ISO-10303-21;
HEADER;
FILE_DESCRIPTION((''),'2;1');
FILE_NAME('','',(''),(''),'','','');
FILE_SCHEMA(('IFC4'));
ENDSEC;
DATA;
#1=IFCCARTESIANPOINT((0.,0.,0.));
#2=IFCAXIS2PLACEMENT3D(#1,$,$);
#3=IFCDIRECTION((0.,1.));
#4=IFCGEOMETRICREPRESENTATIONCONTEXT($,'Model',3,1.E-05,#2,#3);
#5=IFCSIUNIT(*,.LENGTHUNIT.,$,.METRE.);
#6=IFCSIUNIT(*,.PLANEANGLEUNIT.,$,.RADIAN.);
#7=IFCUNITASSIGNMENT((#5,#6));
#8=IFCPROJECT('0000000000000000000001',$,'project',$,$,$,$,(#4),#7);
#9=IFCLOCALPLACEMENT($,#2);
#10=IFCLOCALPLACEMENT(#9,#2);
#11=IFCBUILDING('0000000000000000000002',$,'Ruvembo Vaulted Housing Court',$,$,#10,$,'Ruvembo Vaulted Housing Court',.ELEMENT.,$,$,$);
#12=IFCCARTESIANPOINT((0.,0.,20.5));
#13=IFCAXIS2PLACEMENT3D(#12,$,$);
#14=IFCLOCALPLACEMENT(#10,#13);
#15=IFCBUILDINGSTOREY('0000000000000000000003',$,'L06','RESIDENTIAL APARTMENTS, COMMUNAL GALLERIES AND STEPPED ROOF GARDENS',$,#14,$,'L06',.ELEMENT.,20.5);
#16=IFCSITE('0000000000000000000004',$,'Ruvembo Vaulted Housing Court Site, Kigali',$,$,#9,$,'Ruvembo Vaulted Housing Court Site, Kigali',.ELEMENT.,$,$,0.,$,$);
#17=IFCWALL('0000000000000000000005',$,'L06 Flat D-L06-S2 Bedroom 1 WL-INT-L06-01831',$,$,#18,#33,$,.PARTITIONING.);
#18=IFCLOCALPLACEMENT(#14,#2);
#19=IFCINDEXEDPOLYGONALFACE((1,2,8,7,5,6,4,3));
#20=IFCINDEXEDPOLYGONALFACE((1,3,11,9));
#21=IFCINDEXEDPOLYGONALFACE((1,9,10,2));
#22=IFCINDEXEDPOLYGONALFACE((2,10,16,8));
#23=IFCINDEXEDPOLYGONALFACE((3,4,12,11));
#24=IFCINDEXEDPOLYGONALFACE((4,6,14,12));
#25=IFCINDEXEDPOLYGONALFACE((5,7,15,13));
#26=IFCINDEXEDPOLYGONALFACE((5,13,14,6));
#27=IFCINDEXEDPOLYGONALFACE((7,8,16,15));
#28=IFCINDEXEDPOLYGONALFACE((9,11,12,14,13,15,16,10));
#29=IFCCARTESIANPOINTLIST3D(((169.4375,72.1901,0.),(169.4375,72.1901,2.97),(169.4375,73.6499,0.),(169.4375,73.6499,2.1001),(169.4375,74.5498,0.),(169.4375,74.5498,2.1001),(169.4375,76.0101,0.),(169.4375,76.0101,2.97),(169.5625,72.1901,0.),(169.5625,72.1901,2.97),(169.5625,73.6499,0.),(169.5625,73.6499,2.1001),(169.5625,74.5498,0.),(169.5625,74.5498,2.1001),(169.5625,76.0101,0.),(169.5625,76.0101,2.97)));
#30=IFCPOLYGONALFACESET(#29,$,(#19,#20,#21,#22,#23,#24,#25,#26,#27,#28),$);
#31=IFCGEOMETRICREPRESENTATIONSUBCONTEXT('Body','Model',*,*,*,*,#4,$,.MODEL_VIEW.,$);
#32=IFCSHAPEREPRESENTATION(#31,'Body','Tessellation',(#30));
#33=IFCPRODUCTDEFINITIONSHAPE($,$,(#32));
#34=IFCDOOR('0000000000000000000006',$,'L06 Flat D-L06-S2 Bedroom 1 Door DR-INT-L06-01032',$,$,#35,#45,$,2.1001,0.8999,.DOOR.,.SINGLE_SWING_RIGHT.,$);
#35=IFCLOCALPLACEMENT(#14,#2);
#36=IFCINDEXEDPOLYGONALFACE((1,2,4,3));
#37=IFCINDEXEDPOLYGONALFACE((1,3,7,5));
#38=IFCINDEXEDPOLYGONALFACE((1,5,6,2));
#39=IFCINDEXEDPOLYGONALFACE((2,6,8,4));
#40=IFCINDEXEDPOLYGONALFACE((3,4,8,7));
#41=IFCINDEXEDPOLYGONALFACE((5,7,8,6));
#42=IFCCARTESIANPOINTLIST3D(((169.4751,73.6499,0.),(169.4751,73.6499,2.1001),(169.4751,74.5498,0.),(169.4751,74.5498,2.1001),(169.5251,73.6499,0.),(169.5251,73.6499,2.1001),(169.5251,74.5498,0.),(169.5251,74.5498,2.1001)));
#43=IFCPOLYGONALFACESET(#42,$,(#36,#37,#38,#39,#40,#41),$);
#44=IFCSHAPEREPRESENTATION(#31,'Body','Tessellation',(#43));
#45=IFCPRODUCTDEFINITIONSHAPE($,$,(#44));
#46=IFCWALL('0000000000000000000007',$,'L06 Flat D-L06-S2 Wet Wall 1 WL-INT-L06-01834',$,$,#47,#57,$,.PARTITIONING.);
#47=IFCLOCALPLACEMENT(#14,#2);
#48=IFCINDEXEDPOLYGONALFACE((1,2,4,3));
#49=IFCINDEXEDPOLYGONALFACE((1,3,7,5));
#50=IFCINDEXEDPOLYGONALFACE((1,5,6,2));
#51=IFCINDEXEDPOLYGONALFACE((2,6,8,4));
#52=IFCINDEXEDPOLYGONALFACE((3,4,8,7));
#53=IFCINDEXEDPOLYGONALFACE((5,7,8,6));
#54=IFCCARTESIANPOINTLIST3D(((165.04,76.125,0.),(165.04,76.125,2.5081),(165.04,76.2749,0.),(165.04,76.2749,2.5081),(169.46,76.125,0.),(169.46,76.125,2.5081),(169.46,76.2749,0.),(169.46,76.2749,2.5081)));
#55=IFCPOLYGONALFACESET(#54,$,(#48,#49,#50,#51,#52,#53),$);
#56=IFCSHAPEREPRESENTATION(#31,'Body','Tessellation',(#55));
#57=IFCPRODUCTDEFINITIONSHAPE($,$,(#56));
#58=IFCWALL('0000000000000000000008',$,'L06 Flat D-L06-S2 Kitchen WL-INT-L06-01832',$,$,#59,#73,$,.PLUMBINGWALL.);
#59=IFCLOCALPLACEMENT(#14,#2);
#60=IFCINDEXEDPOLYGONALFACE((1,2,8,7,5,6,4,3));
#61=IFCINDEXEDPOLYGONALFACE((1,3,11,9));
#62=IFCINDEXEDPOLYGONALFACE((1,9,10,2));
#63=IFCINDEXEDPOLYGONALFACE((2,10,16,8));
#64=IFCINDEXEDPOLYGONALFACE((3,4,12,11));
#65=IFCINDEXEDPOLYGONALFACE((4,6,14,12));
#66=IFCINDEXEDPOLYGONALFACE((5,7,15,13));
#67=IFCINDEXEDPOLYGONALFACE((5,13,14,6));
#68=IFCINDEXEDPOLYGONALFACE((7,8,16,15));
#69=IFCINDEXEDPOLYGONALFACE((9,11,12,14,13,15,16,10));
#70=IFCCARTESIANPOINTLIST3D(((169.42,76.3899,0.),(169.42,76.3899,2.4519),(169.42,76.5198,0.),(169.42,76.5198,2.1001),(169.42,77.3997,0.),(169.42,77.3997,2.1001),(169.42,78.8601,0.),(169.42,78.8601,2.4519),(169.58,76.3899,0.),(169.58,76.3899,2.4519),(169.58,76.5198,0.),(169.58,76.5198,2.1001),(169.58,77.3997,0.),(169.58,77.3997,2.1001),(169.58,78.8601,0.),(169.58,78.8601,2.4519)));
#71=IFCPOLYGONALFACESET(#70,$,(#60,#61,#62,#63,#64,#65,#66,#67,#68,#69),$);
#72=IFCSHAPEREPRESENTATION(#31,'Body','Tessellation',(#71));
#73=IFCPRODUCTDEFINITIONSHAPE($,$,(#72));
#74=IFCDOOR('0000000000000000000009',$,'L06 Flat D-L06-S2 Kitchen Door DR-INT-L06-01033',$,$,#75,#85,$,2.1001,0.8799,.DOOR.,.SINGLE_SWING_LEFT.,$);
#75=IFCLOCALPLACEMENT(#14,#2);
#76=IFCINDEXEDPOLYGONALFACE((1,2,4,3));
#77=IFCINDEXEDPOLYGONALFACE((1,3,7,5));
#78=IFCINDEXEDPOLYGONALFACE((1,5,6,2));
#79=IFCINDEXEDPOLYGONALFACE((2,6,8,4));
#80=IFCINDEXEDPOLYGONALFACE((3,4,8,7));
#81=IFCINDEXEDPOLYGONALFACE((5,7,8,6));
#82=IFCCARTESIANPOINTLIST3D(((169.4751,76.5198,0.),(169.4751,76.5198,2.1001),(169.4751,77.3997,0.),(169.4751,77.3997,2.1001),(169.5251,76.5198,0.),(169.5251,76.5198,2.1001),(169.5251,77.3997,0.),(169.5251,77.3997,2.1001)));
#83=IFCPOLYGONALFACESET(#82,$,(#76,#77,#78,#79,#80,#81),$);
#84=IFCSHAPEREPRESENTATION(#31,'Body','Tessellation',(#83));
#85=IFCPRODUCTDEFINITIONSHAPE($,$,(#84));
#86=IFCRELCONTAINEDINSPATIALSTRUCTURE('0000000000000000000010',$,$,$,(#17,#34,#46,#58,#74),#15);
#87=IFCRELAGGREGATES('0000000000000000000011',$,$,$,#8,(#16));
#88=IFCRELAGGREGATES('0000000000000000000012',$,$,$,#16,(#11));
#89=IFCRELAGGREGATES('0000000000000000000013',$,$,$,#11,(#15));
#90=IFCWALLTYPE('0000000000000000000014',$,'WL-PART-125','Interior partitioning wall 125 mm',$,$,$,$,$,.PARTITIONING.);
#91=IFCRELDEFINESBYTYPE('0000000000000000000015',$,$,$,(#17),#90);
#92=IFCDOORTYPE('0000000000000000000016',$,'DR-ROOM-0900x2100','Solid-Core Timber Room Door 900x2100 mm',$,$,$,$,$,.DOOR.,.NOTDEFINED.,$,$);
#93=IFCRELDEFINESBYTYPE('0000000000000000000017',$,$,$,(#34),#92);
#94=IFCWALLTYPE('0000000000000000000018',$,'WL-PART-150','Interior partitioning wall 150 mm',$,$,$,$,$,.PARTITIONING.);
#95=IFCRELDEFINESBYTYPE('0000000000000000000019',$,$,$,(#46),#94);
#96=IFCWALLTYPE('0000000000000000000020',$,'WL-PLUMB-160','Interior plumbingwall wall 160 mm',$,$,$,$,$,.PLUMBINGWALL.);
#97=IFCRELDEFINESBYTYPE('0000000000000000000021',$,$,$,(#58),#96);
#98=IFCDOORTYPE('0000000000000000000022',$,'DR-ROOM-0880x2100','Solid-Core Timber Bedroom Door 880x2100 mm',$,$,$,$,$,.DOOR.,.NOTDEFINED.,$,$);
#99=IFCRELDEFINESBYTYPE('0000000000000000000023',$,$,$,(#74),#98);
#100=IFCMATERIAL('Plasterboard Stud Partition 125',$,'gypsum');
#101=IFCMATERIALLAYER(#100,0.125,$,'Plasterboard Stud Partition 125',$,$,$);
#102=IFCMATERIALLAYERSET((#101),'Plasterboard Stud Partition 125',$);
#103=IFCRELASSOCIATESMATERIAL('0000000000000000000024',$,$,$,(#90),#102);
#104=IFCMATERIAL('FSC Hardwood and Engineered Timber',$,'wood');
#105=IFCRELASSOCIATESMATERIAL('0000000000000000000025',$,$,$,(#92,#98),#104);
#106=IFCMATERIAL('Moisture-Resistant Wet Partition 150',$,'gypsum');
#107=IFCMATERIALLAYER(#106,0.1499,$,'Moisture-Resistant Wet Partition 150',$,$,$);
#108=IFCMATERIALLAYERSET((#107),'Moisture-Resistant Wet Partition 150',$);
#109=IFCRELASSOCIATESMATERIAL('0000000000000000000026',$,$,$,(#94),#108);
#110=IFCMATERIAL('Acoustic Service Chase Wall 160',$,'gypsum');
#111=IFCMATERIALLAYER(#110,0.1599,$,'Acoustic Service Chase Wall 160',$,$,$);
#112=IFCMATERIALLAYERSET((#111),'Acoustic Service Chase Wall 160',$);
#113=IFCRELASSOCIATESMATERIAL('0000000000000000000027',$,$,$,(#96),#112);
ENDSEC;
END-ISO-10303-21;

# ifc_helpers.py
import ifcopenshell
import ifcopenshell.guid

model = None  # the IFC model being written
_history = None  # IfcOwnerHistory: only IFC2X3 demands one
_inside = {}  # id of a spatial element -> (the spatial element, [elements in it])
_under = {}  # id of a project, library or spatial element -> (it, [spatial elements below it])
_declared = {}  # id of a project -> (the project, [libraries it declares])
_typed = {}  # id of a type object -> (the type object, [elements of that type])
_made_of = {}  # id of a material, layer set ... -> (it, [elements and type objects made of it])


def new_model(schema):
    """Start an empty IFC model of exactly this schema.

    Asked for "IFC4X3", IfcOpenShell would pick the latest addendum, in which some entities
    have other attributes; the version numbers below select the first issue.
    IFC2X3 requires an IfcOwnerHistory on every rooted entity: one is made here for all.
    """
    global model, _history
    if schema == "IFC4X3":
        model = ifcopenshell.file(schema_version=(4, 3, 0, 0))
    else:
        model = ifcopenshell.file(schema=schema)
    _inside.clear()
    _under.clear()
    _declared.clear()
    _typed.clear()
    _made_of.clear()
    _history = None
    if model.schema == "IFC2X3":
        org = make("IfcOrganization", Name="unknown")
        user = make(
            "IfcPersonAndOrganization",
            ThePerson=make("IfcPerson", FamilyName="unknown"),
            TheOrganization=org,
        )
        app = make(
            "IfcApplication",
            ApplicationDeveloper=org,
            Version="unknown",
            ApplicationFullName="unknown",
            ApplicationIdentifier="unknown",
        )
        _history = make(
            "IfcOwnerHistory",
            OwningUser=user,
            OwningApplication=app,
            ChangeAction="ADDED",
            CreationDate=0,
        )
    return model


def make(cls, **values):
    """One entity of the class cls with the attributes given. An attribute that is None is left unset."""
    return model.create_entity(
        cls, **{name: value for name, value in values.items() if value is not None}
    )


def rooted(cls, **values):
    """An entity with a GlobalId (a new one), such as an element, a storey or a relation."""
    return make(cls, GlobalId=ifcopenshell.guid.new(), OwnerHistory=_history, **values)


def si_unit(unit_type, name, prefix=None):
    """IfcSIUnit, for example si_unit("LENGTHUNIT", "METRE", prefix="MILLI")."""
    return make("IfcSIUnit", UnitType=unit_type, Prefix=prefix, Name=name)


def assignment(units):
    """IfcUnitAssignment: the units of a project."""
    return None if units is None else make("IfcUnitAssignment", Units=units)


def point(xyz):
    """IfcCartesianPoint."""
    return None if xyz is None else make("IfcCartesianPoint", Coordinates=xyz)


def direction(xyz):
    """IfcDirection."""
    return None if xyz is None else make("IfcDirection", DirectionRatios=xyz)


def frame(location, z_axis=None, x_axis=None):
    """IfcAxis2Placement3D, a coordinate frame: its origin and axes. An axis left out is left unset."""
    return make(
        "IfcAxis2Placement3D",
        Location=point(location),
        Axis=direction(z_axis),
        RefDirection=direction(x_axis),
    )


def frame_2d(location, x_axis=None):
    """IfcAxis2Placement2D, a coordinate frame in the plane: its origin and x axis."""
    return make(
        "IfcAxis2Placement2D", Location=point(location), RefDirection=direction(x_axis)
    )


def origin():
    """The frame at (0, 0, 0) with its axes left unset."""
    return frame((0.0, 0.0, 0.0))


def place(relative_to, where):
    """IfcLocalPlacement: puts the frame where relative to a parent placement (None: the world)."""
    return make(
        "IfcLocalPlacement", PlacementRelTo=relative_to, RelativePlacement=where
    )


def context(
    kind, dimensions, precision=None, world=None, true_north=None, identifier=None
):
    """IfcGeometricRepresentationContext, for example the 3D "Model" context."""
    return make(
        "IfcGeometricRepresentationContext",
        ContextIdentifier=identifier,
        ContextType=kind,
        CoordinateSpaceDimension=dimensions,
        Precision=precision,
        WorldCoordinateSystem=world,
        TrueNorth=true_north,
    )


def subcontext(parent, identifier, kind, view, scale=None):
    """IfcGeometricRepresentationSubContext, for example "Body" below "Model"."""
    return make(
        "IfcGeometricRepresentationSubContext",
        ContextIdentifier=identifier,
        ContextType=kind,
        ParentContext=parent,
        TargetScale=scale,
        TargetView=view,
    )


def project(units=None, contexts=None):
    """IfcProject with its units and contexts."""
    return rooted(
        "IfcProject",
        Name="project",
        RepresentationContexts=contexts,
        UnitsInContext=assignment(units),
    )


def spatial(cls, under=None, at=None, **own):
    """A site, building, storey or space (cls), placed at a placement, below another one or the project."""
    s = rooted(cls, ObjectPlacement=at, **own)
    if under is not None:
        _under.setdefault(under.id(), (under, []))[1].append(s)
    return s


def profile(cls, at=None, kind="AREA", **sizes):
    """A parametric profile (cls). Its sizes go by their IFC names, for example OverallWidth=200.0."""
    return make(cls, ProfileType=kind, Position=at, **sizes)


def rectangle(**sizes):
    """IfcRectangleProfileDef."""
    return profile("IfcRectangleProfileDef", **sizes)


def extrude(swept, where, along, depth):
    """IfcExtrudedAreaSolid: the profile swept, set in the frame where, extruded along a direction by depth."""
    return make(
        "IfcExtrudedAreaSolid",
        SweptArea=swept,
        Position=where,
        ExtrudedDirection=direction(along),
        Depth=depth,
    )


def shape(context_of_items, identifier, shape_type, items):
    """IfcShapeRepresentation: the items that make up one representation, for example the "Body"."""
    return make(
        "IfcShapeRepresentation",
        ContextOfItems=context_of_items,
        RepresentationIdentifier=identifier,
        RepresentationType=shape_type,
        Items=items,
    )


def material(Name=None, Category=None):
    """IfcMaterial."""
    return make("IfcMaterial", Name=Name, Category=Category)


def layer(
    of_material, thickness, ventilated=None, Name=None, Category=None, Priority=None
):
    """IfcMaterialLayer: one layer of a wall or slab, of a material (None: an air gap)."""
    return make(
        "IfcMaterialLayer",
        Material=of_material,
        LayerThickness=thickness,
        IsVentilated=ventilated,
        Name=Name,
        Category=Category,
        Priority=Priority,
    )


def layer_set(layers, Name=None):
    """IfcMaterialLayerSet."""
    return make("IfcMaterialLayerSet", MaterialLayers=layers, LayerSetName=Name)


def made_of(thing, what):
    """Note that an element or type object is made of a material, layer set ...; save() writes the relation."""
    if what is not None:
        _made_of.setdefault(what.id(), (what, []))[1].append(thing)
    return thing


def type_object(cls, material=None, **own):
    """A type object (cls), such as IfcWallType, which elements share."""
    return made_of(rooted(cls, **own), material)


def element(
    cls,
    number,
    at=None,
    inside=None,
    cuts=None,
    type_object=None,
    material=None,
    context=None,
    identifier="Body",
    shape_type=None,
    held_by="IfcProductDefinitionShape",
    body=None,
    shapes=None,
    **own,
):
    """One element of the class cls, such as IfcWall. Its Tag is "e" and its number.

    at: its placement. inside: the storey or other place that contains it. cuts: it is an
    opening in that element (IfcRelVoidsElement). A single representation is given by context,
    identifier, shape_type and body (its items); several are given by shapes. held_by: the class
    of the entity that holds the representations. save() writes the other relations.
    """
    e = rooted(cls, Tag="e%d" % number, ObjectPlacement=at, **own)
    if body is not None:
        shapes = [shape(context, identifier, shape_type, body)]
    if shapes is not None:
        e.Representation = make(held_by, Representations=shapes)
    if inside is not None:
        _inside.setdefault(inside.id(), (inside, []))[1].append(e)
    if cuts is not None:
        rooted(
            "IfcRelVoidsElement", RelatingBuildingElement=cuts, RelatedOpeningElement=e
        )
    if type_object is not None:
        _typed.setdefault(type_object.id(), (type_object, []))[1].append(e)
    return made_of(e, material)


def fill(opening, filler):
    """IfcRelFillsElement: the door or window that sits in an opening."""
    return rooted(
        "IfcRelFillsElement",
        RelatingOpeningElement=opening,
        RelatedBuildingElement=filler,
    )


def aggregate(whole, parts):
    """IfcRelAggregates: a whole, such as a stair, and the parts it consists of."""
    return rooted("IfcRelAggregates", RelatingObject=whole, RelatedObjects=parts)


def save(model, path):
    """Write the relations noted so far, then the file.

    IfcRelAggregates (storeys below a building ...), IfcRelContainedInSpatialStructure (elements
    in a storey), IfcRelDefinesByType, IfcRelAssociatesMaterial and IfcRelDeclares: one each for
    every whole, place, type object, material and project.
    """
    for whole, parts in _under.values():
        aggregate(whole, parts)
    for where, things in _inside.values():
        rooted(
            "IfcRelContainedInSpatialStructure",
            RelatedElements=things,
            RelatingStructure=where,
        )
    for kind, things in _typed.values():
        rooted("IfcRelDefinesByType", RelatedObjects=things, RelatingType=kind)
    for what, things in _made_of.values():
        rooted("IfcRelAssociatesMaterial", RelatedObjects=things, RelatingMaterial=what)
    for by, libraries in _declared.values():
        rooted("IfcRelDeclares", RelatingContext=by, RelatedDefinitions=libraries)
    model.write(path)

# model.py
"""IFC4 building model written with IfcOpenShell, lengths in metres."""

from ifc_helpers import new_model, si_unit, direction, frame, frame_2d, origin, place, context, subcontext, project, spatial, rectangle, extrude, material, layer, layer_set, type_object, element, fill, save


model = new_model("IFC4")

# Units and contexts
model_context = context("Model", 3, precision=1e-05, world=origin(), true_north=direction((0.0, 1.0)))
body_context = subcontext(model_context, "Body", "Model", "MODEL_VIEW")
ifc_project = project(units=[si_unit("LENGTHUNIT", "METRE"), si_unit("PLANEANGLEUNIT", "RADIAN")], contexts=[model_context])

# Site, building, storey
site_placement = place(None, origin())
site = spatial("IfcSite", under=ifc_project, at=site_placement, Name="Ruvembo Vaulted Housing Court Site, Kigali", LongName="Ruvembo Vaulted Housing Court Site, Kigali", CompositionType="ELEMENT", RefElevation=0.0)
building_placement = place(site_placement, origin())
building = spatial("IfcBuilding", under=site, at=building_placement, Name="Ruvembo Vaulted Housing Court", LongName="Ruvembo Vaulted Housing Court", CompositionType="ELEMENT")
storey_placement = place(building_placement, frame((0.0, 0.0, 20.5)))
storey = spatial("IfcBuildingStorey", under=building, at=storey_placement, Name="L06", Description="RESIDENTIAL APARTMENTS, COMMUNAL GALLERIES AND STEPPED ROOF GARDENS", LongName="L06", CompositionType="ELEMENT", Elevation=20.5)

# Wall, opening, door
ifc_material_1 = material(Name="Plasterboard Stud Partition 125", Category="gypsum")
ifc_layer_1 = layer(ifc_material_1, 0.125, Name="Plasterboard Stud Partition 125")
ifc_layer_set_1 = layer_set([ifc_layer_1], Name="Plasterboard Stud Partition 125")
wall_type_1 = type_object("IfcWallType", Name="WL-PART-125", Description="Interior partitioning wall 125 mm", PredefinedType="PARTITIONING", material=ifc_layer_set_1)
wall_1_placement = place(storey_placement, frame((169.5, 72.1899, 0.0), z_axis=(0.0, 0.0, 1.0), x_axis=(0.0, 1.0, 0.0)))
wall_1 = element("IfcWall", 1, at=wall_1_placement, inside=storey, type_object=wall_type_1, Name="L06 Flat D-L06-S2 Bedroom 1 WL-INT-L06-01831", PredefinedType="PARTITIONING", context=body_context, shape_type="SweptSolid", body=[
    extrude(rectangle(XDim=3.8201, YDim=0.125, at=frame_2d((1.9102, 0.0))), origin(), (0.0, 0.0, 1.0), 2.97),
])
opening_1_placement = place(wall_1_placement, frame((1.46, 0.0, 0.0)))
opening_1 = element("IfcOpeningElement", 2, at=opening_1_placement, cuts=wall_1, PredefinedType="OPENING", context=body_context, shape_type="SweptSolid", body=[
    extrude(rectangle(XDim=0.8999, YDim=2.1001, at=frame_2d((0.45, 1.05))), frame((0.0, 0.0725, 0.0), z_axis=(0.0, -1.0, 0.0), x_axis=(1.0, 0.0, 0.0)), (0.0, 0.0, 1.0), 0.145),
])
ifc_material_2 = material(Name="FSC Hardwood and Engineered Timber", Category="wood")
door_type_1 = type_object("IfcDoorType", Name="DR-ROOM-0900x2100", Description="Solid-Core Timber Room Door 900x2100 mm", OperationType="NOTDEFINED", PredefinedType="DOOR", material=ifc_material_2)
door_1_placement = place(opening_1_placement, origin())
door_1 = element("IfcDoor", 3, at=door_1_placement, inside=storey, type_object=door_type_1, Name="L06 Flat D-L06-S2 Bedroom 1 Door DR-INT-L06-01032", OperationType="SINGLE_SWING_RIGHT", OverallHeight=2.1001, OverallWidth=0.8999, PredefinedType="DOOR", context=body_context, shape_type="SweptSolid", body=[
    extrude(rectangle(XDim=0.8999, YDim=2.1001, at=frame_2d((0.45, 1.05))), frame((0.0, 0.0249, 0.0), z_axis=(0.0, -1.0, 0.0), x_axis=(1.0, 0.0, 0.0)), (0.0, 0.0, 1.0), 0.05),
])
fill(opening_1, door_1)

# Wall
ifc_material_3 = material(Name="Moisture-Resistant Wet Partition 150", Category="gypsum")
ifc_layer_2 = layer(ifc_material_3, 0.1499, Name="Moisture-Resistant Wet Partition 150")
ifc_layer_set_2 = layer_set([ifc_layer_2], Name="Moisture-Resistant Wet Partition 150")
wall_type_2 = type_object("IfcWallType", Name="WL-PART-150", Description="Interior partitioning wall 150 mm", PredefinedType="PARTITIONING", material=ifc_layer_set_2)
wall_2_placement = place(storey_placement, frame((165.04, 76.2, 0.0), z_axis=(0.0, 0.0, 1.0), x_axis=(1.0, 0.0, 0.0)))
element("IfcWall", 4, at=wall_2_placement, inside=storey, type_object=wall_type_2, Name="L06 Flat D-L06-S2 Wet Wall 1 WL-INT-L06-01834", PredefinedType="PARTITIONING", context=body_context, shape_type="SweptSolid", body=[
    extrude(rectangle(XDim=4.4199, YDim=0.1499, at=frame_2d((2.21, 0.0))), origin(), (0.0, 0.0, 1.0), 2.5081),
])

# Wall, opening, door
ifc_material_4 = material(Name="Acoustic Service Chase Wall 160", Category="gypsum")
ifc_layer_3 = layer(ifc_material_4, 0.1599, Name="Acoustic Service Chase Wall 160")
ifc_layer_set_3 = layer_set([ifc_layer_3], Name="Acoustic Service Chase Wall 160")
wall_type_3 = type_object("IfcWallType", Name="WL-PLUMB-160", Description="Interior plumbingwall wall 160 mm", PredefinedType="PLUMBINGWALL", material=ifc_layer_set_3)
wall_3_placement = place(storey_placement, frame((169.5, 76.3899, 0.0), z_axis=(0.0, 0.0, 1.0), x_axis=(0.0, 1.0, 0.0)))
wall_3 = element("IfcWall", 5, at=wall_3_placement, inside=storey, type_object=wall_type_3, Name="L06 Flat D-L06-S2 Kitchen WL-INT-L06-01832", PredefinedType="PLUMBINGWALL", context=body_context, shape_type="SweptSolid", body=[
    extrude(rectangle(XDim=2.4702, YDim=0.1599, at=frame_2d((1.2351, 0.0))), origin(), (0.0, 0.0, 1.0), 2.4519),
])
opening_2_placement = place(wall_3_placement, frame((0.1299, 0.0, 0.0)))
opening_2 = element("IfcOpeningElement", 6, at=opening_2_placement, cuts=wall_3, PredefinedType="OPENING", context=body_context, shape_type="SweptSolid", body=[
    extrude(rectangle(XDim=0.8799, YDim=2.1001, at=frame_2d((0.4399, 1.05))), frame((0.0, 0.0898, 0.0), z_axis=(0.0, -1.0, 0.0), x_axis=(1.0, 0.0, 0.0)), (0.0, 0.0, 1.0), 0.1799),
])
door_type_2 = type_object("IfcDoorType", Name="DR-ROOM-0880x2100", Description="Solid-Core Timber Bedroom Door 880x2100 mm", OperationType="NOTDEFINED", PredefinedType="DOOR", material=ifc_material_2)
door_2_placement = place(opening_2_placement, origin())
door_2 = element("IfcDoor", 7, at=door_2_placement, inside=storey, type_object=door_type_2, Name="L06 Flat D-L06-S2 Kitchen Door DR-INT-L06-01033", OperationType="SINGLE_SWING_LEFT", OverallHeight=2.1001, OverallWidth=0.8799, PredefinedType="DOOR", context=body_context, shape_type="SweptSolid", body=[
    extrude(rectangle(XDim=0.8799, YDim=2.1001, at=frame_2d((0.4399, 1.05))), frame((0.0, 0.0249, 0.0), z_axis=(0.0, -1.0, 0.0), x_axis=(1.0, 0.0, 0.0)), (0.0, 0.0, 1.0), 0.05),
])
fill(opening_2, door_2)

save(model, "model.ifc")
